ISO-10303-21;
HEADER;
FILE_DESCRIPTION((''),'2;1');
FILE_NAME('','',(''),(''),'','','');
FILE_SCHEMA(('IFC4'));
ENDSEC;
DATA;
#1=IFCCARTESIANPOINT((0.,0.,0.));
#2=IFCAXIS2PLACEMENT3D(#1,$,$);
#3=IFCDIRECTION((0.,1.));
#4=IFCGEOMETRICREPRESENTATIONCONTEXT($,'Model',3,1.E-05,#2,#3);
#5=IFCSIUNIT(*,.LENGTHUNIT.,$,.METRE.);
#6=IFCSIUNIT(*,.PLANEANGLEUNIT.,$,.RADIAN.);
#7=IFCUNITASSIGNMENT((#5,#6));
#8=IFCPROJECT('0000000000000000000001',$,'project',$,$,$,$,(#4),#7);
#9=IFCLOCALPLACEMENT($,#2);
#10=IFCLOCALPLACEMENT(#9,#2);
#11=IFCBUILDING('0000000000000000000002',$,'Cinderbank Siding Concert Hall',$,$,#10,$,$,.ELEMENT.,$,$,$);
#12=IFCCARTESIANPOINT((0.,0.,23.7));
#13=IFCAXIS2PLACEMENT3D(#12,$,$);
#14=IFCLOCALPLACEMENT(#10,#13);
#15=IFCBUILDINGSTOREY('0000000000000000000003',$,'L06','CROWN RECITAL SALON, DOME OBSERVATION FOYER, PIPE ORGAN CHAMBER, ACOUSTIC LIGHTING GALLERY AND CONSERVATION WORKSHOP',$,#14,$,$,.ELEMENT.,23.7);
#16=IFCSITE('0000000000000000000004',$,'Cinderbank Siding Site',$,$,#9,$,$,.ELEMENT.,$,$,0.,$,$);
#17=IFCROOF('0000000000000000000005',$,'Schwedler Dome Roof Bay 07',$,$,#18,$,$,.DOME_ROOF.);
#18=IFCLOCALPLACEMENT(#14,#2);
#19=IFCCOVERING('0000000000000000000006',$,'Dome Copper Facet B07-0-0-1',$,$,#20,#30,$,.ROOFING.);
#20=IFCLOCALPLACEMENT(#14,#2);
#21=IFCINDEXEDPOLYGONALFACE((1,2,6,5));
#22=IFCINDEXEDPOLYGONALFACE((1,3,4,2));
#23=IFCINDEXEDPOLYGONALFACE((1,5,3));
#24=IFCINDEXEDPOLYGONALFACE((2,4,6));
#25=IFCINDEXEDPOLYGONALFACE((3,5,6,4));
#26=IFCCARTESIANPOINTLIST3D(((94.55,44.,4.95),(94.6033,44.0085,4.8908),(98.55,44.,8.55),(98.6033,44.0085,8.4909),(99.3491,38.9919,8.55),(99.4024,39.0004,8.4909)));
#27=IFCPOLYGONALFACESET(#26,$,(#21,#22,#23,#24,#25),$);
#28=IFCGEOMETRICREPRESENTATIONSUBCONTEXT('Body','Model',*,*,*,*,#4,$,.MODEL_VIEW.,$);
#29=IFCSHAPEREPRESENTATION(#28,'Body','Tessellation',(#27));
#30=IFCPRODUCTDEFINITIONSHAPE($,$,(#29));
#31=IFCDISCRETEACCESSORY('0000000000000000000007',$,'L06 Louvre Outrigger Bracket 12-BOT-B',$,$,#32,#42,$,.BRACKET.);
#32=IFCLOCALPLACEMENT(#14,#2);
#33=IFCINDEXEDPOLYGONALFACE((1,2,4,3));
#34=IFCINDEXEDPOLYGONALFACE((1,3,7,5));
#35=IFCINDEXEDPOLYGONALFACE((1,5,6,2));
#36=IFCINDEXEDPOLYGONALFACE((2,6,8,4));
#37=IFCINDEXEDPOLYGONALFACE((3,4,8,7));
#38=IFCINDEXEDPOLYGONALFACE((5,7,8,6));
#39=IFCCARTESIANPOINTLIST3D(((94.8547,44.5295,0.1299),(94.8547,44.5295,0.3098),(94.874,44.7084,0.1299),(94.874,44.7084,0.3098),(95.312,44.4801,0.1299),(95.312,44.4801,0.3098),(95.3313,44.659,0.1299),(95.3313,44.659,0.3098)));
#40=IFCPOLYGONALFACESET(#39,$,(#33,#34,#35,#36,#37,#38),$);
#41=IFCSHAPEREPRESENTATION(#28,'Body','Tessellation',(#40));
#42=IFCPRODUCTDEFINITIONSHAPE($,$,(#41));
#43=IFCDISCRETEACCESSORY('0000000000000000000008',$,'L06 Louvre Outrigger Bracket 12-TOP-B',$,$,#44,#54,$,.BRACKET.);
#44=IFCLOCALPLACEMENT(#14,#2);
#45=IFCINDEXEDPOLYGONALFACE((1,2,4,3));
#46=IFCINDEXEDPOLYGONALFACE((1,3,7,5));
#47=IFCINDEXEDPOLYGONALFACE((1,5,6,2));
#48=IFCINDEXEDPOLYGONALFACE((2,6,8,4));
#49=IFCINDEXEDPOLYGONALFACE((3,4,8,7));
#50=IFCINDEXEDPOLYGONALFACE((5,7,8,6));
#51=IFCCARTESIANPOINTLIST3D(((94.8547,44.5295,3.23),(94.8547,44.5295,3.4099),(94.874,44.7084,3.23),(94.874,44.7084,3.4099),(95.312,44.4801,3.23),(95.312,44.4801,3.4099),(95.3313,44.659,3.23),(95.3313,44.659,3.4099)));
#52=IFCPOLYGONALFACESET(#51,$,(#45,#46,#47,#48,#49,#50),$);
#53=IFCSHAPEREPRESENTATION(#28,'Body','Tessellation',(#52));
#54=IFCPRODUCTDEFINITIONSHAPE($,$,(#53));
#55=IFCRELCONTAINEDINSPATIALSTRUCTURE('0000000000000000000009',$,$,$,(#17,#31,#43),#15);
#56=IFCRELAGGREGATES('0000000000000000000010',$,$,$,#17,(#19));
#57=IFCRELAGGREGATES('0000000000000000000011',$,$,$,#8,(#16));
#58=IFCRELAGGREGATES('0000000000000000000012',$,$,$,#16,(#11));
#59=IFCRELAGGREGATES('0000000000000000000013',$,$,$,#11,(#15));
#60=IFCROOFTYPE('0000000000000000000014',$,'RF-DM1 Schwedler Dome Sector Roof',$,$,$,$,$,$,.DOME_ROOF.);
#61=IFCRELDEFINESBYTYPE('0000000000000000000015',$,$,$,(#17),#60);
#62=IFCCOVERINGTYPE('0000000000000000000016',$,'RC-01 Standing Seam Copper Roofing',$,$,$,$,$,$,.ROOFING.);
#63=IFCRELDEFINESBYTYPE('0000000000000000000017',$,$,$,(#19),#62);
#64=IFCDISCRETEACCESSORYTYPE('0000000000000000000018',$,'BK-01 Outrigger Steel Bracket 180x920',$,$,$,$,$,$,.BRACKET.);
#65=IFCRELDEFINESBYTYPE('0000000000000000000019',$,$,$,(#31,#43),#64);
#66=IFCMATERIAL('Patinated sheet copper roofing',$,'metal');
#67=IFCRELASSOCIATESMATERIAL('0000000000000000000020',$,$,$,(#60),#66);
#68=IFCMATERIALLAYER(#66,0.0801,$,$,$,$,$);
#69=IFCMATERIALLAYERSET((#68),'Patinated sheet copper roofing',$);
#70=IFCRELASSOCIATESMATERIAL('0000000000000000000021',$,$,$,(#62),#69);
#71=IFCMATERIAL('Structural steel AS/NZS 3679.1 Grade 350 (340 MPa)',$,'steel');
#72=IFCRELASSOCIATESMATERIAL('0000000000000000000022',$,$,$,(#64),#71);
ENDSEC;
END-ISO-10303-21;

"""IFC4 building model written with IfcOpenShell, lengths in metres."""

from ifc_helpers import new_model, si_unit, direction, frame, origin, origin_2d, place, context, subcontext, project, spatial, polyline, rectangle, outline, extrude, material, layer, layer_set, type_object, element, aggregate, save


model = new_model("IFC4")

# Units and contexts
model_context = context("Model", 3, precision=1e-05, world=origin(), true_north=direction((0.0, 1.0)))
body_context = subcontext(model_context, "Body", "Model", "MODEL_VIEW")
ifc_project = project(units=[si_unit("LENGTHUNIT", "METRE"), si_unit("PLANEANGLEUNIT", "RADIAN")], contexts=[model_context])

# Site, building, storey
site_placement = place(None, origin())
site = spatial("IfcSite", under=ifc_project, at=site_placement, Name="Cinderbank Siding Site", CompositionType="ELEMENT", RefElevation=0.0)
building_placement = place(site_placement, origin())
building = spatial("IfcBuilding", under=site, at=building_placement, Name="Cinderbank Siding Concert Hall", CompositionType="ELEMENT")
storey_placement = place(building_placement, frame((0.0, 0.0, 23.7)))
storey = spatial("IfcBuildingStorey", under=building, at=storey_placement, Name="L06", Description="CROWN RECITAL SALON, DOME OBSERVATION FOYER, PIPE ORGAN CHAMBER, ACOUSTIC LIGHTING GALLERY AND CONSERVATION WORKSHOP", CompositionType="ELEMENT", Elevation=23.7)

# Shared definitions
ifc_material_1 = material(Name="Structural steel AS/NZS 3679.1 Grade 350 (340 MPa)", Category="steel")

# Roof, covering
ifc_material_2 = material(Name="Patinated sheet copper roofing", Category="metal")
roof_type = type_object("IfcRoofType", Name="RF-DM1 Schwedler Dome Sector Roof", PredefinedType="DOME_ROOF", material=ifc_material_2)
roof_placement = place(storey_placement, origin())
roof = element("IfcRoof", 1, at=roof_placement, inside=storey, type_object=roof_type, Name="Schwedler Dome Roof Bay 07", PredefinedType="DOME_ROOF")
ifc_layer_1 = layer(ifc_material_2, 0.0801)
ifc_layer_set_1 = layer_set([ifc_layer_1], Name="Patinated sheet copper roofing")
covering_type = type_object("IfcCoveringType", Name="RC-01 Standing Seam Copper Roofing", PredefinedType="ROOFING", material=ifc_layer_set_1)
covering_1_placement = place(storey_placement, frame((94.55, 44.0, 4.95), z_axis=(-0.665196, -0.106137, 0.739087), x_axis=(0.614094, -0.640836, 0.460672)))
covering_1 = element("IfcCovering", 2, at=covering_1_placement, type_object=covering_type, Name="Dome Copper Facet B07-0-0-1", PredefinedType="ROOFING", context=body_context, shape_type="SweptSolid", body=[
    extrude(outline(polyline([(0.0, 0.0), (7.8149, 0.0), (4.1148, 3.4683), (0.0, 0.0)])), origin(), (0.0, 0.0, -1.0), 0.0801),
])
aggregate(roof, [covering_1])

# Discrete accessories
discrete_accessory_type = type_object("IfcDiscreteAccessoryType", Name="BK-01 Outrigger Steel Bracket 180x920", PredefinedType="BRACKET", material=ifc_material_1)
for number, where, z_axis, x_axis, name in (
    (3, (95.093, 44.5942, 0.1299), (0.0, 0.0, 1.0), (-0.994211, 0.107447, 0.0), "L06 Louvre Outrigger Bracket 12-BOT-B"),
    (4, (95.093, 44.5942, 3.23), (0.0, 0.0, 1.0), (-0.994211, 0.107447, 0.0), "L06 Louvre Outrigger Bracket 12-TOP-B"),
):
    element("IfcDiscreteAccessory", number, at=place(storey_placement, frame(where, z_axis=z_axis, x_axis=x_axis)), inside=storey, type_object=discrete_accessory_type, Name=name, PredefinedType="BRACKET", context=body_context, shape_type="SweptSolid", body=[
        extrude(rectangle(XDim=0.46, YDim=0.1799, at=origin_2d()), origin(), (0.0, 0.0, 1.0), 0.1799),
    ])

save(model, "model.ifc")
